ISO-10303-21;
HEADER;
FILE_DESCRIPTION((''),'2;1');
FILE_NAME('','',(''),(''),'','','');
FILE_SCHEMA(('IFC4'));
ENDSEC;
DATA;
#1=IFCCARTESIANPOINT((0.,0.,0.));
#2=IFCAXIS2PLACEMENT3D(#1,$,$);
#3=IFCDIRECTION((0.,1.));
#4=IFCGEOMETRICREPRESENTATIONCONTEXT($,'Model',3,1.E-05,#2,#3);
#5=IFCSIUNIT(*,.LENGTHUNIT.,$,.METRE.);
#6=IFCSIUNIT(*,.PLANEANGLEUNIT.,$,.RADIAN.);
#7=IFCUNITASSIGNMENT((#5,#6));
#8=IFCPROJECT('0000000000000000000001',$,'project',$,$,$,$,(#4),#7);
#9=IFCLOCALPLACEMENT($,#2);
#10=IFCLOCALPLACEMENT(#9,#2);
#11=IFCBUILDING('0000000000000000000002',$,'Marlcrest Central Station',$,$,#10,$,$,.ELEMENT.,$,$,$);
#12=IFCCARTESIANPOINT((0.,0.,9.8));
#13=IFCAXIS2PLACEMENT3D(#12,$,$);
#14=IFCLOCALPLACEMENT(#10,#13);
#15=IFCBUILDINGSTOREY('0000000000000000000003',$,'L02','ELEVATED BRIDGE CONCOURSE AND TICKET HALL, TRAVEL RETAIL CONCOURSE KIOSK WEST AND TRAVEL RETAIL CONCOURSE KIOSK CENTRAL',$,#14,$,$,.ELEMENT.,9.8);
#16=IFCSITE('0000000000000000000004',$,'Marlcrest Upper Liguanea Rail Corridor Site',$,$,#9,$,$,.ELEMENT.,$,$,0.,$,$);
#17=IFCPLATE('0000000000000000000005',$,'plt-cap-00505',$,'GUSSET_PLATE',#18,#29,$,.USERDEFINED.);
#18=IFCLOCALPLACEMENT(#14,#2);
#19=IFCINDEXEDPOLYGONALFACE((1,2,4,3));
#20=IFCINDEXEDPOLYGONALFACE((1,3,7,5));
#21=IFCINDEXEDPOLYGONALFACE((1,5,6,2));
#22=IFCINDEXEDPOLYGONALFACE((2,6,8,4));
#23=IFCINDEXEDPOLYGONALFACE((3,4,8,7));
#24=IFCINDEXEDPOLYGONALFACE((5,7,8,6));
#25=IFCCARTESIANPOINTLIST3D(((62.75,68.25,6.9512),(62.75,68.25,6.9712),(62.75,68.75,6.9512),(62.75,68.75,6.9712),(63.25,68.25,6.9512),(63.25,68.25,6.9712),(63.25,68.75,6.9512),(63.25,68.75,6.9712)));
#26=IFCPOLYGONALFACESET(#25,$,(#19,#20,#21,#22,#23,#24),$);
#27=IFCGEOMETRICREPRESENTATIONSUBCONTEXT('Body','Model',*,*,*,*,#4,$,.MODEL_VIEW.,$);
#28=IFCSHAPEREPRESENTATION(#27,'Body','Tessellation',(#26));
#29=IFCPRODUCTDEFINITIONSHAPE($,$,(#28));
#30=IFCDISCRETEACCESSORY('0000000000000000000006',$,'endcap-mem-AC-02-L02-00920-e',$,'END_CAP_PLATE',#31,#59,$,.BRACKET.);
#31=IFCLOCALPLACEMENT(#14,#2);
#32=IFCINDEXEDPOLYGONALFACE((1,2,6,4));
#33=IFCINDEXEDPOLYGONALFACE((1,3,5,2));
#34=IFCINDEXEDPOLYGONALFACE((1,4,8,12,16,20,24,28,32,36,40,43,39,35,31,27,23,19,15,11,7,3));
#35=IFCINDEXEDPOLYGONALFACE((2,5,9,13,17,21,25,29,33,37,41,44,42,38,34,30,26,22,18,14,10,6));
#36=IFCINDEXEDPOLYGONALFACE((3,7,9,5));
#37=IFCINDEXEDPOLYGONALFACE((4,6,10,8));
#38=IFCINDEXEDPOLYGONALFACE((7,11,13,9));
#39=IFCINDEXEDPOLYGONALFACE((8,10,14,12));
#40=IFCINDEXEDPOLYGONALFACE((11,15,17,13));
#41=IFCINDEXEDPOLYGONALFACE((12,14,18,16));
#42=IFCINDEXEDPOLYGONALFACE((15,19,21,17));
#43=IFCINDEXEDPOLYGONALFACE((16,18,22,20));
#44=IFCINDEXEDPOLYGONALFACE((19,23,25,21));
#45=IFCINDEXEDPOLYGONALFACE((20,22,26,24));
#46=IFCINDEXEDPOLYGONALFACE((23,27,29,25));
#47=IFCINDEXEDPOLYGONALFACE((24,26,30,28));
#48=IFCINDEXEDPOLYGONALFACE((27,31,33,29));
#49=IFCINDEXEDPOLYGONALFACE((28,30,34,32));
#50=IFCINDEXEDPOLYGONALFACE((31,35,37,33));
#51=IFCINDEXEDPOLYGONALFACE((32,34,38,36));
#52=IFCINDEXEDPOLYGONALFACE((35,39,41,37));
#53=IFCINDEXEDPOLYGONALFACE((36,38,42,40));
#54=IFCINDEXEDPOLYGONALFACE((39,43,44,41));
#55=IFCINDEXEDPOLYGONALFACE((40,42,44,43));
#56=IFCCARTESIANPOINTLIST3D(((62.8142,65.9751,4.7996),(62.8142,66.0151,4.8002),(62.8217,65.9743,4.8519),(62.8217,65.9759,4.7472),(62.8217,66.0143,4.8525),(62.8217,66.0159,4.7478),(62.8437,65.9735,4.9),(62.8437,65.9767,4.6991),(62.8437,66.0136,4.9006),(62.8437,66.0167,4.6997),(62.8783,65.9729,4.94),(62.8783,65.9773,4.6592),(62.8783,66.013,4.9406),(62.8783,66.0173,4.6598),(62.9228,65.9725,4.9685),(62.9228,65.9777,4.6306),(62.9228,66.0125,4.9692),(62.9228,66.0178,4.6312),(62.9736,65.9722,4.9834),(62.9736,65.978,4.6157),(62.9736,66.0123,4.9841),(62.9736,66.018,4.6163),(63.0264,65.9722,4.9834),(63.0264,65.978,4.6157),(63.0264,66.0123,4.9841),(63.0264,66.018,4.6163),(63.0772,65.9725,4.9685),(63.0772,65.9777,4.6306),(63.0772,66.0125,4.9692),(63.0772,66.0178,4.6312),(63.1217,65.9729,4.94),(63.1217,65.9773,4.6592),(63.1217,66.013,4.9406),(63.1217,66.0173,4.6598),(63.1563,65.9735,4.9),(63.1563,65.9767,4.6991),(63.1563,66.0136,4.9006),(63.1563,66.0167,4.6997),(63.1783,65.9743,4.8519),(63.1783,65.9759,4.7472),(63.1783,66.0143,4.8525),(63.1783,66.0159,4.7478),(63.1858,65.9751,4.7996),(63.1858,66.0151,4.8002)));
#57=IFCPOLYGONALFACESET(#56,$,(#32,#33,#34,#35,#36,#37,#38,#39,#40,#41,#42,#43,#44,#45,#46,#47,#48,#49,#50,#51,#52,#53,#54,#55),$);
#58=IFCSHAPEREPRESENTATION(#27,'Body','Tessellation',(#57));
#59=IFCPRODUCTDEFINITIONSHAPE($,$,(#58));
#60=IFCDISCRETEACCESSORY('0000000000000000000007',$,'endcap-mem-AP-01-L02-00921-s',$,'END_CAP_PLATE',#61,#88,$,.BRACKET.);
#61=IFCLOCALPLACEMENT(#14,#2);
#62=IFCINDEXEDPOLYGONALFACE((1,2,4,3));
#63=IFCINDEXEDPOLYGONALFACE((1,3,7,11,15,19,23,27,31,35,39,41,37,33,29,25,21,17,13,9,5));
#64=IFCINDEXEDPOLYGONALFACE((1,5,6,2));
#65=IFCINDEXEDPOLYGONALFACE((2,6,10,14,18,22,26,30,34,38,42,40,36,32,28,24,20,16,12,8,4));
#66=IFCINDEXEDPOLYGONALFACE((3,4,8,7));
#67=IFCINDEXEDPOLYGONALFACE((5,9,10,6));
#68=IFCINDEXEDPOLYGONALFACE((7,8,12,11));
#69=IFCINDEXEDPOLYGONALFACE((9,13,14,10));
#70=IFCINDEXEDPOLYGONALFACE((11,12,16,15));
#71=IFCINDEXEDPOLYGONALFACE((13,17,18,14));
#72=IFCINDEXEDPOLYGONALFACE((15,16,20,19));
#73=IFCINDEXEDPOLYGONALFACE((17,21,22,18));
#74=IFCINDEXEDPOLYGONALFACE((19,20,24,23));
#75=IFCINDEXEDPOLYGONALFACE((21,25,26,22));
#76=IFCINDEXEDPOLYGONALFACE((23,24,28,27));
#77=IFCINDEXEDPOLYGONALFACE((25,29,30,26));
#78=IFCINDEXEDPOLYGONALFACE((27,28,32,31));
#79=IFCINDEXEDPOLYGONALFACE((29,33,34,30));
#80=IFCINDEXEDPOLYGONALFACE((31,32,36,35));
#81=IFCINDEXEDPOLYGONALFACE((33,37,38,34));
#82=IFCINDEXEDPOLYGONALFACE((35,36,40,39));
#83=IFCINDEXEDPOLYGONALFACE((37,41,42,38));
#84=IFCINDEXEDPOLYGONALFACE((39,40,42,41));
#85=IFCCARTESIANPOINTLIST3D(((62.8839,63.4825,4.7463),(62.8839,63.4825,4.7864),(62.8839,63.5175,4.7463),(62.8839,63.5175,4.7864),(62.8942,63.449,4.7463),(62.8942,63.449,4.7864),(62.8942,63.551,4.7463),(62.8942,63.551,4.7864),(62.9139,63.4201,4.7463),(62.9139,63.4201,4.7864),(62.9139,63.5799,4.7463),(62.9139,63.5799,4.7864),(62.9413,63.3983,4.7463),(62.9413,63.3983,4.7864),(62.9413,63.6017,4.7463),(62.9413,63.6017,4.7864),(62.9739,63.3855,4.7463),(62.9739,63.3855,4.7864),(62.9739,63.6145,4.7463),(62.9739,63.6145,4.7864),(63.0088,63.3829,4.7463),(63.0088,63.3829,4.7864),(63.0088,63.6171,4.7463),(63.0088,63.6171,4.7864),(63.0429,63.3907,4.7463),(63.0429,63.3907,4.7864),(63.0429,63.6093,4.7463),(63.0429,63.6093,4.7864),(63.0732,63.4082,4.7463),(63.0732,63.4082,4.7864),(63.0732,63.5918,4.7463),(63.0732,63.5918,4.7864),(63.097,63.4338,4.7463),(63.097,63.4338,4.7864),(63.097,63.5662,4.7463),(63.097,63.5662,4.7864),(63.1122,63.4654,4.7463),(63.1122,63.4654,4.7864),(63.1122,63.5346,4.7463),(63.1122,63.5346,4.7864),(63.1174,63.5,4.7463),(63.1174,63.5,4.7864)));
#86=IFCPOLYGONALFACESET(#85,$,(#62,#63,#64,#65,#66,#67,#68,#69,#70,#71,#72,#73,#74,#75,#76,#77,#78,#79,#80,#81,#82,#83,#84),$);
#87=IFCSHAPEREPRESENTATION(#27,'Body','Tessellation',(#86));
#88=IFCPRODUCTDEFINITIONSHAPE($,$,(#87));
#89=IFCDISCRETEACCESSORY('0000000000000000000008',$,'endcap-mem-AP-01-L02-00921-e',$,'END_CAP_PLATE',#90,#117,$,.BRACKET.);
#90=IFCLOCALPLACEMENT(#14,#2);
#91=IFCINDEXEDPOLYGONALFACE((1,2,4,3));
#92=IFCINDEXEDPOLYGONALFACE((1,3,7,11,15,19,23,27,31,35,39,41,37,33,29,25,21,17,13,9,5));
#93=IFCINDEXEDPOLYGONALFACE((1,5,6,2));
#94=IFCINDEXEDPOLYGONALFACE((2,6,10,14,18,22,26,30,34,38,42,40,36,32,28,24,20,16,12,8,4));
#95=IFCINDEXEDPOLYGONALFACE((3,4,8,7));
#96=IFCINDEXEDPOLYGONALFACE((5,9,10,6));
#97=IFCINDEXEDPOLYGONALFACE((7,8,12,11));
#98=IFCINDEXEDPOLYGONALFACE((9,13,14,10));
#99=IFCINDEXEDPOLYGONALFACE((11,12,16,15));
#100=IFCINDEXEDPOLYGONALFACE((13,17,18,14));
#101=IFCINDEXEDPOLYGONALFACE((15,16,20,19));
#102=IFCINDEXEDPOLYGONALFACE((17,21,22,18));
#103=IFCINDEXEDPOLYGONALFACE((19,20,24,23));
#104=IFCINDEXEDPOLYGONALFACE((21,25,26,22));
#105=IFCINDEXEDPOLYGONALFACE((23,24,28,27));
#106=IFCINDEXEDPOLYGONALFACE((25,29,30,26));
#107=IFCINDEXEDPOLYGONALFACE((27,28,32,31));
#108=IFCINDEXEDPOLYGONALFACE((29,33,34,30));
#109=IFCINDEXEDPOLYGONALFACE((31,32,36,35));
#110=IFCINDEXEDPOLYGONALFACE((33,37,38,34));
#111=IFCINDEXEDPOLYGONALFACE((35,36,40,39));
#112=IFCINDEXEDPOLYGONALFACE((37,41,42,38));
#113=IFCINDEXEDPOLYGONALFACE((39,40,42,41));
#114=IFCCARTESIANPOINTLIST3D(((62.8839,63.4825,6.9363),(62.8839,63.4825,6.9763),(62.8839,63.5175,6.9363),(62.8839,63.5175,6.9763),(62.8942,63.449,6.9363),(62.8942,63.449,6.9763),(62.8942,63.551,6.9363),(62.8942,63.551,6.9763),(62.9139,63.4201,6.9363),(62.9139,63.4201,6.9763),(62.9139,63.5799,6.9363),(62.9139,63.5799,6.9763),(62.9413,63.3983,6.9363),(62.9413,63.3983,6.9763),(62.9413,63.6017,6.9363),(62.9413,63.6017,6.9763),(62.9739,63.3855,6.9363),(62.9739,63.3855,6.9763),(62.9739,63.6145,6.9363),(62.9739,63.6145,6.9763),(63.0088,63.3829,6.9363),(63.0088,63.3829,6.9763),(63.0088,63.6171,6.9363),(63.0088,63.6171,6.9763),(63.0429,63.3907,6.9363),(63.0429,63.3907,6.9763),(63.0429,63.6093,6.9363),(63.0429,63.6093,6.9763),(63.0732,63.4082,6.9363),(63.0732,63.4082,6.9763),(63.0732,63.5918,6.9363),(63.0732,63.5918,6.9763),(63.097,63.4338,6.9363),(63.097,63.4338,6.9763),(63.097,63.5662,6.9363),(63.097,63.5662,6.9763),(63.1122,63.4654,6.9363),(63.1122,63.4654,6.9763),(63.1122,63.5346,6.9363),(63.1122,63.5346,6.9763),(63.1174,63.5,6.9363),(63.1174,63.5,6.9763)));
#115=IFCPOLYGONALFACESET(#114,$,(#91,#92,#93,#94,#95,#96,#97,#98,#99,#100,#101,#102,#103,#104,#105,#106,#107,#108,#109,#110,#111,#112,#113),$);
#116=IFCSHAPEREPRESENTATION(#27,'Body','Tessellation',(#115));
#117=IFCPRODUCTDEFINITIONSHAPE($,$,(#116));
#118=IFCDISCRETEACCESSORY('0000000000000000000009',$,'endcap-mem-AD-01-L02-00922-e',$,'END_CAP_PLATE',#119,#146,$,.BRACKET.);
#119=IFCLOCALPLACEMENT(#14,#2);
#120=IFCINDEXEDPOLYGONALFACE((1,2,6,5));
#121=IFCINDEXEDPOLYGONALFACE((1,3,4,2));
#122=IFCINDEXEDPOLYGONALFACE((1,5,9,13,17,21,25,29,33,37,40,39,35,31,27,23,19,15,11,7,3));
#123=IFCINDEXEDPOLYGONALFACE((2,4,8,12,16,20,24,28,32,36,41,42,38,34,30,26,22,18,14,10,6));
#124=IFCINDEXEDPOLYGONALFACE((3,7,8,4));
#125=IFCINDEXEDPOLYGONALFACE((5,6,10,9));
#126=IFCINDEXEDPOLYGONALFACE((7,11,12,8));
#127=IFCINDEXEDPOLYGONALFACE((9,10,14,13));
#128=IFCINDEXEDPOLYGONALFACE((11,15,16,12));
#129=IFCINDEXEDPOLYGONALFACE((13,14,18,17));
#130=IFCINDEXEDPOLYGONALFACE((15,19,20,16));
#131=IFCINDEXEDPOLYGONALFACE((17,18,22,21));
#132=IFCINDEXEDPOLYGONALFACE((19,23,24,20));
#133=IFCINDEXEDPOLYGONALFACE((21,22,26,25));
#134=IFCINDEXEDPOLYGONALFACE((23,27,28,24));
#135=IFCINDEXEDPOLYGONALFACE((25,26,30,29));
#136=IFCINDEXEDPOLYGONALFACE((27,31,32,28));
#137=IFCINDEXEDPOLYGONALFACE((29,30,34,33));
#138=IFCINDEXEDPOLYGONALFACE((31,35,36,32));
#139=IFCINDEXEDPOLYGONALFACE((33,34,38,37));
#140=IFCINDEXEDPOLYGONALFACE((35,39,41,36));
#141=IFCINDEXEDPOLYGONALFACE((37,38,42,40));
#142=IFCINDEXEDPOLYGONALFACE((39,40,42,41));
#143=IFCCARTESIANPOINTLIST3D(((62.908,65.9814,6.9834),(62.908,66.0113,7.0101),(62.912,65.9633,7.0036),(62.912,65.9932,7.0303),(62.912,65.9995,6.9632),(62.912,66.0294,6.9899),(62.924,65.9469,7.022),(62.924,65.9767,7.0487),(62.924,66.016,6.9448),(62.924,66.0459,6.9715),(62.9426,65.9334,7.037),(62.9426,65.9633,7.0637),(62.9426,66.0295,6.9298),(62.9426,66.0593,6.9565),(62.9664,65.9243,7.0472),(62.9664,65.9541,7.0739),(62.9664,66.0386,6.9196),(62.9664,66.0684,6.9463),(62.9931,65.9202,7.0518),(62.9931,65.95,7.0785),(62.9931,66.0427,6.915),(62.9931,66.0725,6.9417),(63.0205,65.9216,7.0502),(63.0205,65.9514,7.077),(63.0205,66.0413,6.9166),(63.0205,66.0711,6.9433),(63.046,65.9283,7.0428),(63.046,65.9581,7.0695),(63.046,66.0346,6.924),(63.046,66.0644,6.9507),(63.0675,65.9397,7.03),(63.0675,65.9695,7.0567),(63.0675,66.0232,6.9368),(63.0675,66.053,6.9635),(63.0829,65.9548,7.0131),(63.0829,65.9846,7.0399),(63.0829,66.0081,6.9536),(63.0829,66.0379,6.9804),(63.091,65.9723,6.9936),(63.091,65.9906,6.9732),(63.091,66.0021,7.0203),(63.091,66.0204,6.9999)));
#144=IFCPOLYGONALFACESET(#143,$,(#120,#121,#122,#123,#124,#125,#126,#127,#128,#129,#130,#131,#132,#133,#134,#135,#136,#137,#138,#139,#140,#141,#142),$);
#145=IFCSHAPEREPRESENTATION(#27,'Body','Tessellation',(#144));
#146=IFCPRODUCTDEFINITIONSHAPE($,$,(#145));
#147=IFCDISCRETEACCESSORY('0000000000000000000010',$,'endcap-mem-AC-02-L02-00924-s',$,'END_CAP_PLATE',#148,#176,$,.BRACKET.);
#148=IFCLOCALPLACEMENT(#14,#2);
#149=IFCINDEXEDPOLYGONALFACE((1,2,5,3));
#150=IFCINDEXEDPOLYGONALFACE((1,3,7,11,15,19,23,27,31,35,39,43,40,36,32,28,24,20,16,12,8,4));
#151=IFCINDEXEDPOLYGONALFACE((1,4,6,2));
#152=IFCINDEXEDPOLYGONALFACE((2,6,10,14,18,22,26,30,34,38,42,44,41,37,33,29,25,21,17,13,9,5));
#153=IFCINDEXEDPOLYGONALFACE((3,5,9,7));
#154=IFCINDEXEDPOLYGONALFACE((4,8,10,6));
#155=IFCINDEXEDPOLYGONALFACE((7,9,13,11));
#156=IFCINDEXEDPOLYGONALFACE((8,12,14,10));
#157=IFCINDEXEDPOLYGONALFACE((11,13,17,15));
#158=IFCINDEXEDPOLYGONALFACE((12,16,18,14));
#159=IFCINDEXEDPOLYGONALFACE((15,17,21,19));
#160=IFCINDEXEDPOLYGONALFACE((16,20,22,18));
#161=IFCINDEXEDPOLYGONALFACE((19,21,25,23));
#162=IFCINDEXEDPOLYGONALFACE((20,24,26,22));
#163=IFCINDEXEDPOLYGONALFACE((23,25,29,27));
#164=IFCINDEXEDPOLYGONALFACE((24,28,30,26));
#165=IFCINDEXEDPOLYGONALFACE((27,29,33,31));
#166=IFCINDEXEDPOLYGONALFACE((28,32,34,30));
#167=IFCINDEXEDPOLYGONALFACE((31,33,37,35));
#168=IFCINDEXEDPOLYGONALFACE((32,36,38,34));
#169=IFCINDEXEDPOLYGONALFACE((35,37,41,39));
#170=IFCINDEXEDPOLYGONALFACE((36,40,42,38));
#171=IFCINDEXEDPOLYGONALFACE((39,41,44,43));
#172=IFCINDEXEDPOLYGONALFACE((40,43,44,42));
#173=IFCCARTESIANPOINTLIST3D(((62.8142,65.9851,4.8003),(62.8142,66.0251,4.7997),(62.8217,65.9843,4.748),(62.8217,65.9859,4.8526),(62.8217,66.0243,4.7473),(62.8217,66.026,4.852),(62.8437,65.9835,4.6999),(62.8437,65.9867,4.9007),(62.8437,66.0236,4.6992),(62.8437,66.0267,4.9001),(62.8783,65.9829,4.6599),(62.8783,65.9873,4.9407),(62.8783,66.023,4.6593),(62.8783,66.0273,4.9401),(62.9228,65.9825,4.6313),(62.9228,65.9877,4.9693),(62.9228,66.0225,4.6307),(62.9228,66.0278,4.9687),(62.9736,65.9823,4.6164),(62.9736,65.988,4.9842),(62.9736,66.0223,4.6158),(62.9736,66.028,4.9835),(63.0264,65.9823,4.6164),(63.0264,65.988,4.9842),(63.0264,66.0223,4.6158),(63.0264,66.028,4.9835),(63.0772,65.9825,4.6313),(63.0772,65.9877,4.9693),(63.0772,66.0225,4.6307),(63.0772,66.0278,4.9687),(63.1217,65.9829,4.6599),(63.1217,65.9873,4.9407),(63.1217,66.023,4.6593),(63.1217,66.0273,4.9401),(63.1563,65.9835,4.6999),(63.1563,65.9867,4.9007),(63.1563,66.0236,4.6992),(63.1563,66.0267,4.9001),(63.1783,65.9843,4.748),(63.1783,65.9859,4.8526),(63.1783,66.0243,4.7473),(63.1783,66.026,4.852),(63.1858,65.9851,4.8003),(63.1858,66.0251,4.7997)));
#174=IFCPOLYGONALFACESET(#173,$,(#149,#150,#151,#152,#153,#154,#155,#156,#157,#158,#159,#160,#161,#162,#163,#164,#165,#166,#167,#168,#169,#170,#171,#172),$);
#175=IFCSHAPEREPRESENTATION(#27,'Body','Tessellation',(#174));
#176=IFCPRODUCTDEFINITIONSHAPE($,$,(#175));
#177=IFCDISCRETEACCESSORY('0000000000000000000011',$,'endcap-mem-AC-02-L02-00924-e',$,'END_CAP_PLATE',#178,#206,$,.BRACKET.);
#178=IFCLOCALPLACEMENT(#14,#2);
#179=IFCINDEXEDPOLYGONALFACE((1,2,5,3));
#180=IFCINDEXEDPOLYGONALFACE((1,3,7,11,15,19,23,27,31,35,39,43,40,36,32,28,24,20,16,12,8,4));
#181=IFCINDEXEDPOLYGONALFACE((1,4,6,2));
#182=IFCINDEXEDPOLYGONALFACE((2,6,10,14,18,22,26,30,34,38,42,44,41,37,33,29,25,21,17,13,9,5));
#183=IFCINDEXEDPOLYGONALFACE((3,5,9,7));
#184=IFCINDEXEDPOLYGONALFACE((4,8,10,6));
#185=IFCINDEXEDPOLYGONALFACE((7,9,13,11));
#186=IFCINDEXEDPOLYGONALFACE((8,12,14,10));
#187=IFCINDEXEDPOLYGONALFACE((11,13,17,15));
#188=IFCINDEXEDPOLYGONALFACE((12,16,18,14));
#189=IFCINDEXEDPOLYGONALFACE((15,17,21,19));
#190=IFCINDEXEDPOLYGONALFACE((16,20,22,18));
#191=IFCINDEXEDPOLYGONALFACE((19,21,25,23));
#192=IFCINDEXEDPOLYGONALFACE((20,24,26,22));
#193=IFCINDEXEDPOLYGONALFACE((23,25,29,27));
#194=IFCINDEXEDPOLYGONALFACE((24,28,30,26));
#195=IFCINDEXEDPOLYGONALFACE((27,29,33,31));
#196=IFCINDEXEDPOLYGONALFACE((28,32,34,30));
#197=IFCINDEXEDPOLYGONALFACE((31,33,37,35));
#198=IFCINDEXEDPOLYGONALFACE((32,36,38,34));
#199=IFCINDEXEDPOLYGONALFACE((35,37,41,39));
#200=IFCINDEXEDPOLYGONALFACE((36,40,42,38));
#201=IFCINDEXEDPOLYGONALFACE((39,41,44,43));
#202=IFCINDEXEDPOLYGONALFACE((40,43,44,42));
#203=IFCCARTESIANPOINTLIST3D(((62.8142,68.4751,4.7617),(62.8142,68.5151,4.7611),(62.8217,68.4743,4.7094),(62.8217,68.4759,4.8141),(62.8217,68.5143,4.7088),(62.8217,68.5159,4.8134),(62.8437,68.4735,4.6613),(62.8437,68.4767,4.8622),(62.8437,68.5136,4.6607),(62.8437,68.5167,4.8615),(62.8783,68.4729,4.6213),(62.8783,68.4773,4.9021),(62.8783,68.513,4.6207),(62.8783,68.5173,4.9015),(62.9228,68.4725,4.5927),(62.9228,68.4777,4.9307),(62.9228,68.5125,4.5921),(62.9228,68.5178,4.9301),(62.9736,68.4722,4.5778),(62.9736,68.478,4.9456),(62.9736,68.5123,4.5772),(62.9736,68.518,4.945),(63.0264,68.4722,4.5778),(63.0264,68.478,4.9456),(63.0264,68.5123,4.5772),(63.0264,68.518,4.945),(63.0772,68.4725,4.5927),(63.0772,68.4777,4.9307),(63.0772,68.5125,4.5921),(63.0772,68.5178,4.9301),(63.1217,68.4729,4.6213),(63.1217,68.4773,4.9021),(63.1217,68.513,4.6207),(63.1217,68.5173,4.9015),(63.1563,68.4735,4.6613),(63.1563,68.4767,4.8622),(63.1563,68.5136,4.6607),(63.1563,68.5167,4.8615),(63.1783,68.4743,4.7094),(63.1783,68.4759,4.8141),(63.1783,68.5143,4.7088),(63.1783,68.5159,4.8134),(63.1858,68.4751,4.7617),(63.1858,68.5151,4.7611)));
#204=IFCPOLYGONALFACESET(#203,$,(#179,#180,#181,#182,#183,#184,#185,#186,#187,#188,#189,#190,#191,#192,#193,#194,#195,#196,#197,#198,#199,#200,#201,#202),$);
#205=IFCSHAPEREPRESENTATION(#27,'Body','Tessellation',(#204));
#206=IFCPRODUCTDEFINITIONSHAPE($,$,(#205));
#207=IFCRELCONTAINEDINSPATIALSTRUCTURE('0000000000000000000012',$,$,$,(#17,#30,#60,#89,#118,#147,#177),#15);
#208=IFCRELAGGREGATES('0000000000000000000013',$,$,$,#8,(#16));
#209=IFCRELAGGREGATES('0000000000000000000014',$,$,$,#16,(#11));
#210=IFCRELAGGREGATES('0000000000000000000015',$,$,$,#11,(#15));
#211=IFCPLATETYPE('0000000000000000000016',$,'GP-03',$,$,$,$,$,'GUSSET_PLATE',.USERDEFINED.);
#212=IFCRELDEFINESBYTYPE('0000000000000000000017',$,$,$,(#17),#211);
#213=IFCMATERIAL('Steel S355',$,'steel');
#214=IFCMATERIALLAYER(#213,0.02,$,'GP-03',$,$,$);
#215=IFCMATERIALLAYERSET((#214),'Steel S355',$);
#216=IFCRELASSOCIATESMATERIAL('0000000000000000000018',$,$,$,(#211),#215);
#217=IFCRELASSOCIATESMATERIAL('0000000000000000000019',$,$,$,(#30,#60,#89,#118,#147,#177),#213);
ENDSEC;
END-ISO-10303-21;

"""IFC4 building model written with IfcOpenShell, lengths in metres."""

from ifc_helpers import new_model, si_unit, direction, frame, origin, origin_2d, place, context, subcontext, project, spatial, rectangle, circle, extrude, material, layer, layer_set, type_object, element, save


model = new_model("IFC4")

# Units and contexts
model_context = context("Model", 3, precision=1e-05, world=origin(), true_north=direction((0.0, 1.0)))
body_context = subcontext(model_context, "Body", "Model", "MODEL_VIEW")
ifc_project = project(units=[si_unit("LENGTHUNIT", "METRE"), si_unit("PLANEANGLEUNIT", "RADIAN")], contexts=[model_context])

# Site, building, storey
site_placement = place(None, origin())
site = spatial("IfcSite", under=ifc_project, at=site_placement, Name="Marlcrest Upper Liguanea Rail Corridor Site", CompositionType="ELEMENT", RefElevation=0.0)
building_placement = place(site_placement, origin())
building = spatial("IfcBuilding", under=site, at=building_placement, Name="Marlcrest Central Station", CompositionType="ELEMENT")
storey_placement = place(building_placement, frame((0.0, 0.0, 9.8)))
storey = spatial("IfcBuildingStorey", under=building, at=storey_placement, Name="L02", Description="ELEVATED BRIDGE CONCOURSE AND TICKET HALL, TRAVEL RETAIL CONCOURSE KIOSK WEST AND TRAVEL RETAIL CONCOURSE KIOSK CENTRAL", CompositionType="ELEMENT", Elevation=9.8)

# Shared definitions
ifc_material = material(Name="Steel S355", Category="steel")

# Plate
ifc_layer = layer(ifc_material, 0.02, Name="GP-03")
ifc_layer_set = layer_set([ifc_layer], Name="Steel S355")
plate_type = type_object("IfcPlateType", Name="GP-03", ElementType="GUSSET_PLATE", PredefinedType="USERDEFINED", material=ifc_layer_set)
for number, where, z_axis, x_axis, name in (
    (1, (63.0, 68.5, 6.9512), (0.0, 0.0, 1.0), (1.0, 0.0, 0.0), "plt-cap-00505"),
):
    element("IfcPlate", number, at=place(storey_placement, frame(where, z_axis=z_axis, x_axis=x_axis)), inside=storey, type_object=plate_type, Name=name, ObjectType="GUSSET_PLATE", PredefinedType="USERDEFINED", context=body_context, shape_type="SweptSolid", body=[
        extrude(rectangle(XDim=0.5, YDim=0.5, at=origin_2d()), origin(), (0.0, 0.0, 1.0), 0.02),
    ])

# Discrete accessories
discrete_accessory_1_placement = place(storey_placement, frame((63.0, 65.9751, 4.7996), z_axis=(0.0, 0.999879, 0.015525), x_axis=(-1.0, 0.0, 0.0)))
element("IfcDiscreteAccessory", 2, at=discrete_accessory_1_placement, inside=storey, material=ifc_material, Name="endcap-mem-AC-02-L02-00920-e", ObjectType="END_CAP_PLATE", PredefinedType="BRACKET", context=body_context, shape_type="SweptSolid", body=[
    extrude(circle(Radius=0.1858, at=origin_2d()), origin(), (0.0, 0.0, 1.0), 0.04),
])
for number, where, z_axis, x_axis, name in (
    (3, (63.0, 63.5, 4.7463), (0.0, 0.0, 1.0), (1.0, 0.0, 0.0), "endcap-mem-AP-01-L02-00921-s"),
    (4, (63.0, 63.5, 6.9363), (0.0, 0.0, 1.0), (1.0, 0.0, 0.0), "endcap-mem-AP-01-L02-00921-e"),
):
    element("IfcDiscreteAccessory", number, at=place(storey_placement, frame(where, z_axis=z_axis, x_axis=x_axis)), inside=storey, material=ifc_material, Name=name, ObjectType="END_CAP_PLATE", PredefinedType="BRACKET", context=body_context, shape_type="SweptSolid", body=[
        extrude(circle(Radius=0.1174, at=origin_2d()), origin(), (0.0, 0.0, 1.0), 0.04),
    ])
discrete_accessory_2_placement = place(storey_placement, frame((63.0, 65.9814, 6.9834), z_axis=(0.0, 0.744956, 0.667114), x_axis=(-1.0, 0.0, 0.0)))
element("IfcDiscreteAccessory", 5, at=discrete_accessory_2_placement, inside=storey, material=ifc_material, Name="endcap-mem-AD-01-L02-00922-e", ObjectType="END_CAP_PLATE", PredefinedType="BRACKET", context=body_context, shape_type="SweptSolid", body=[
    extrude(circle(Radius=0.092, at=origin_2d()), origin(), (0.0, 0.0, 1.0), 0.04),
])
for number, where, z_axis, x_axis, name in (
    (6, (63.0, 65.9851, 4.8003), (0.0, 0.999879, -0.015525), (-1.0, 0.0, 0.0), "endcap-mem-AC-02-L02-00924-s"),
    (7, (63.0, 68.4751, 4.7617), (0.0, 0.999879, -0.015525), (-1.0, 0.0, 0.0), "endcap-mem-AC-02-L02-00924-e"),
):
    element("IfcDiscreteAccessory", number, at=place(storey_placement, frame(where, z_axis=z_axis, x_axis=x_axis)), inside=storey, material=ifc_material, Name=name, ObjectType="END_CAP_PLATE", PredefinedType="BRACKET", context=body_context, shape_type="SweptSolid", body=[
        extrude(circle(Radius=0.1858, at=origin_2d()), origin(), (0.0, 0.0, 1.0), 0.04),
    ])

save(model, "model.ifc")
